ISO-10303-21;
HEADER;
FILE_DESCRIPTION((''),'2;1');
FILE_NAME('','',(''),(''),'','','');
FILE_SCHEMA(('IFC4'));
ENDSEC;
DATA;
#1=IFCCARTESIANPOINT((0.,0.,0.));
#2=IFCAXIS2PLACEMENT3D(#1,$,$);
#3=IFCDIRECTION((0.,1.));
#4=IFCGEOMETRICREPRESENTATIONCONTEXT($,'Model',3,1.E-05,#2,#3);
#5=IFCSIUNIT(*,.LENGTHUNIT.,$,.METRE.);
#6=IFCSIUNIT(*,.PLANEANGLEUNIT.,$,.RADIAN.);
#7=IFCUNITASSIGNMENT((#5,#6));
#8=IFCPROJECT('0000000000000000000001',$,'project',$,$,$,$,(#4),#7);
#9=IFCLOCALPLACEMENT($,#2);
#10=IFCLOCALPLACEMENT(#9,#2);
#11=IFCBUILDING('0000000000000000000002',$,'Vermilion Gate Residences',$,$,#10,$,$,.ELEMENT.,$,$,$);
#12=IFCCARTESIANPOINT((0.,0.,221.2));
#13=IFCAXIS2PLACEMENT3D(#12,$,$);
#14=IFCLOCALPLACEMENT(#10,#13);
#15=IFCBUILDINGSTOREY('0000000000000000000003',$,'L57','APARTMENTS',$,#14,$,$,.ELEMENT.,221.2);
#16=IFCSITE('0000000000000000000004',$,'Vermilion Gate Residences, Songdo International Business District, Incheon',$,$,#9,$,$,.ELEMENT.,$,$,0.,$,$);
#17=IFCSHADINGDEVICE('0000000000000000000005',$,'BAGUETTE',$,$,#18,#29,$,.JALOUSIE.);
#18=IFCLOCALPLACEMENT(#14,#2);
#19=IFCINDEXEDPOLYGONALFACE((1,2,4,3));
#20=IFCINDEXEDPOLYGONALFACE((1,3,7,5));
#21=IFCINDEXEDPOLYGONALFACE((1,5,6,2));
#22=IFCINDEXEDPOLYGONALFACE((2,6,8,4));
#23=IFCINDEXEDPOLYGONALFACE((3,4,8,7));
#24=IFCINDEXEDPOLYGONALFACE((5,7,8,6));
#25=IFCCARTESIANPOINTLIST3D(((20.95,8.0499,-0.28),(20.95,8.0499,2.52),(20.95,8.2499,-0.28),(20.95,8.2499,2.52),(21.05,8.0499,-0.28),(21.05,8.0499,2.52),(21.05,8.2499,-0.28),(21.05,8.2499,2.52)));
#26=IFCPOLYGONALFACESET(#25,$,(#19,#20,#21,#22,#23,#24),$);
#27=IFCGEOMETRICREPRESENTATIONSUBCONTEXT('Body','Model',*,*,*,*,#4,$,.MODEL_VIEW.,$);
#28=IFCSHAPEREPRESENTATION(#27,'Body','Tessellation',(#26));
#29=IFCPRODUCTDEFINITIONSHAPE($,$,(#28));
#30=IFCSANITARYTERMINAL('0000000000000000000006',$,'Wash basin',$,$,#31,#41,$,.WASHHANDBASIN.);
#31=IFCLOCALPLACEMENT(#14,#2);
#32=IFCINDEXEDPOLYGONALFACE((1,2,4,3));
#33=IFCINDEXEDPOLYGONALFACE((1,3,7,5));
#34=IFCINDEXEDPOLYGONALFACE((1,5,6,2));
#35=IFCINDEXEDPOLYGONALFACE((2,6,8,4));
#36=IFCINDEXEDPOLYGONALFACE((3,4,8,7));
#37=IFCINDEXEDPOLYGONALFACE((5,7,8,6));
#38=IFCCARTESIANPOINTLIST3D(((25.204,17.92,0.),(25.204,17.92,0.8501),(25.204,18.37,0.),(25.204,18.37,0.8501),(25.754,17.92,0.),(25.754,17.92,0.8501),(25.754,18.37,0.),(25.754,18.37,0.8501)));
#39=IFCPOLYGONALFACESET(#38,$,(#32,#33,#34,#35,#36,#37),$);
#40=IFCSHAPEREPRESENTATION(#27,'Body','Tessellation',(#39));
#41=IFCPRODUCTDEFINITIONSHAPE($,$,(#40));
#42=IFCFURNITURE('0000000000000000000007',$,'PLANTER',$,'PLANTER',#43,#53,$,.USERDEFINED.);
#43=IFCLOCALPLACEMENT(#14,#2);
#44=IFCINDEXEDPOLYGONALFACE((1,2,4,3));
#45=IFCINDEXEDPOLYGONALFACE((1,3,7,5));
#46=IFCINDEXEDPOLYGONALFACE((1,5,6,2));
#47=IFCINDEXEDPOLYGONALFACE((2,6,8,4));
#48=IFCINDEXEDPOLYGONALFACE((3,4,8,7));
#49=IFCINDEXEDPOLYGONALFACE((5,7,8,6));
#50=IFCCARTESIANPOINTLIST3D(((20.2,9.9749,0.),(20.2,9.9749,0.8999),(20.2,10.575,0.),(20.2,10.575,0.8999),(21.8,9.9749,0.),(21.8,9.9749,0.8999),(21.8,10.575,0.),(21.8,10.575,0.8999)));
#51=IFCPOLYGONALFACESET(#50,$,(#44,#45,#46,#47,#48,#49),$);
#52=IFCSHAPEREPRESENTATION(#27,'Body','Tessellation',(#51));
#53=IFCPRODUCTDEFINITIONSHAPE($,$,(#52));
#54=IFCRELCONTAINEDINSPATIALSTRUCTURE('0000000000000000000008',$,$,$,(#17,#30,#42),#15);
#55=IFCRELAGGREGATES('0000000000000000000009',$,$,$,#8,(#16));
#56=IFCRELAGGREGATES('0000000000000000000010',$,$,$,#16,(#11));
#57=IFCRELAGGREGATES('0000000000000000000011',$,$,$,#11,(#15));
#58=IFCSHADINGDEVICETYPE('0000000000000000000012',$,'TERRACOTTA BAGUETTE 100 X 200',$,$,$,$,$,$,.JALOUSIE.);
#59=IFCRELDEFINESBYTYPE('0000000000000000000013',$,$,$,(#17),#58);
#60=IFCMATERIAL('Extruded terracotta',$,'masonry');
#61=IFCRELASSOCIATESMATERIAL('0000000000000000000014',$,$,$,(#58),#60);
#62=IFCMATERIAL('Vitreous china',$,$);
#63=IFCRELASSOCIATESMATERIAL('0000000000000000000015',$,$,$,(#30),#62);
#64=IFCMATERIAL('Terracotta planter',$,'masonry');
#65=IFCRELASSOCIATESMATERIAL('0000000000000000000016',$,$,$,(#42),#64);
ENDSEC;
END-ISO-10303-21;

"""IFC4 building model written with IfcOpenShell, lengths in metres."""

from ifc_helpers import new_model, si_unit, direction, frame, origin, origin_2d, place, context, subcontext, project, spatial, rectangle, extrude, material, material_profile, profile_set, type_object, element, save


model = new_model("IFC4")

# Units and contexts
model_context = context("Model", 3, precision=1e-05, world=origin(), true_north=direction((0.0, 1.0)))
body_context = subcontext(model_context, "Body", "Model", "MODEL_VIEW")
ifc_project = project(units=[si_unit("LENGTHUNIT", "METRE"), si_unit("PLANEANGLEUNIT", "RADIAN")], contexts=[model_context])

# Site, building, storey
site_placement = place(None, origin())
site = spatial("IfcSite", under=ifc_project, at=site_placement, Name="Vermilion Gate Residences, Songdo International Business District, Incheon", CompositionType="ELEMENT", RefElevation=0.0)
building_placement = place(site_placement, origin())
building = spatial("IfcBuilding", under=site, at=building_placement, Name="Vermilion Gate Residences", CompositionType="ELEMENT")
storey_placement = place(building_placement, frame((0.0, 0.0, 221.2)))
storey = spatial("IfcBuildingStorey", under=building, at=storey_placement, Name="L57", Description="APARTMENTS", CompositionType="ELEMENT", Elevation=221.2)

# Shading device
ifc_material_1 = material(Name="Extruded terracotta", Category="masonry")
ifc_material_profile_1 = material_profile(ifc_material_1, rectangle(XDim=0.2, YDim=0.1001, at=origin_2d()), Name="BAGUETTE 100 X 200")
ifc_profile_set_1 = profile_set([ifc_material_profile_1], Name="Extruded terracotta")
shading_device_type_1 = type_object("IfcShadingDeviceType", Name="TERRACOTTA BAGUETTE 100 X 200", PredefinedType="JALOUSIE", material=ifc_profile_set_1)
shading_device_1_placement = place(storey_placement, frame((21.0, 8.1499, -0.28), z_axis=(0.0, 0.0, 1.0), x_axis=(0.0, 1.0, 0.0)))
element("IfcShadingDevice", 1, at=shading_device_1_placement, inside=storey, type_object=shading_device_type_1, Name="BAGUETTE", PredefinedType="JALOUSIE", context=body_context, shape_type="SweptSolid", body=[
    extrude(rectangle(XDim=0.2, YDim=0.1001, at=origin_2d()), origin(), (0.0, 0.0, 1.0), 2.8),
])

# Sanitary terminal
ifc_material_2 = material(Name="Vitreous china")
sanitary_terminal_placement = place(storey_placement, frame((25.479, 18.145, 0.0), z_axis=(0.0, 0.0, 1.0), x_axis=(1.0, 0.0, 0.0)))
element("IfcSanitaryTerminal", 2, at=sanitary_terminal_placement, inside=storey, material=ifc_material_2, Name="Wash basin", PredefinedType="WASHHANDBASIN", context=body_context, shape_type="SweptSolid", body=[
    extrude(rectangle(XDim=0.55, YDim=0.45, at=origin_2d()), origin(), (0.0, 0.0, 1.0), 0.8501),
])

# Furniture
ifc_material_3 = material(Name="Terracotta planter", Category="masonry")
furniture_placement = place(storey_placement, frame((21.0, 10.2749, 0.0), z_axis=(0.0, 0.0, 1.0), x_axis=(1.0, 0.0, 0.0)))
element("IfcFurniture", 3, at=furniture_placement, inside=storey, material=ifc_material_3, Name="PLANTER", ObjectType="PLANTER", PredefinedType="USERDEFINED", context=body_context, shape_type="SweptSolid", body=[
    extrude(rectangle(XDim=1.6001, YDim=0.6001, at=origin_2d()), origin(), (0.0, 0.0, 1.0), 0.8999),
])

save(model, "model.ifc")
